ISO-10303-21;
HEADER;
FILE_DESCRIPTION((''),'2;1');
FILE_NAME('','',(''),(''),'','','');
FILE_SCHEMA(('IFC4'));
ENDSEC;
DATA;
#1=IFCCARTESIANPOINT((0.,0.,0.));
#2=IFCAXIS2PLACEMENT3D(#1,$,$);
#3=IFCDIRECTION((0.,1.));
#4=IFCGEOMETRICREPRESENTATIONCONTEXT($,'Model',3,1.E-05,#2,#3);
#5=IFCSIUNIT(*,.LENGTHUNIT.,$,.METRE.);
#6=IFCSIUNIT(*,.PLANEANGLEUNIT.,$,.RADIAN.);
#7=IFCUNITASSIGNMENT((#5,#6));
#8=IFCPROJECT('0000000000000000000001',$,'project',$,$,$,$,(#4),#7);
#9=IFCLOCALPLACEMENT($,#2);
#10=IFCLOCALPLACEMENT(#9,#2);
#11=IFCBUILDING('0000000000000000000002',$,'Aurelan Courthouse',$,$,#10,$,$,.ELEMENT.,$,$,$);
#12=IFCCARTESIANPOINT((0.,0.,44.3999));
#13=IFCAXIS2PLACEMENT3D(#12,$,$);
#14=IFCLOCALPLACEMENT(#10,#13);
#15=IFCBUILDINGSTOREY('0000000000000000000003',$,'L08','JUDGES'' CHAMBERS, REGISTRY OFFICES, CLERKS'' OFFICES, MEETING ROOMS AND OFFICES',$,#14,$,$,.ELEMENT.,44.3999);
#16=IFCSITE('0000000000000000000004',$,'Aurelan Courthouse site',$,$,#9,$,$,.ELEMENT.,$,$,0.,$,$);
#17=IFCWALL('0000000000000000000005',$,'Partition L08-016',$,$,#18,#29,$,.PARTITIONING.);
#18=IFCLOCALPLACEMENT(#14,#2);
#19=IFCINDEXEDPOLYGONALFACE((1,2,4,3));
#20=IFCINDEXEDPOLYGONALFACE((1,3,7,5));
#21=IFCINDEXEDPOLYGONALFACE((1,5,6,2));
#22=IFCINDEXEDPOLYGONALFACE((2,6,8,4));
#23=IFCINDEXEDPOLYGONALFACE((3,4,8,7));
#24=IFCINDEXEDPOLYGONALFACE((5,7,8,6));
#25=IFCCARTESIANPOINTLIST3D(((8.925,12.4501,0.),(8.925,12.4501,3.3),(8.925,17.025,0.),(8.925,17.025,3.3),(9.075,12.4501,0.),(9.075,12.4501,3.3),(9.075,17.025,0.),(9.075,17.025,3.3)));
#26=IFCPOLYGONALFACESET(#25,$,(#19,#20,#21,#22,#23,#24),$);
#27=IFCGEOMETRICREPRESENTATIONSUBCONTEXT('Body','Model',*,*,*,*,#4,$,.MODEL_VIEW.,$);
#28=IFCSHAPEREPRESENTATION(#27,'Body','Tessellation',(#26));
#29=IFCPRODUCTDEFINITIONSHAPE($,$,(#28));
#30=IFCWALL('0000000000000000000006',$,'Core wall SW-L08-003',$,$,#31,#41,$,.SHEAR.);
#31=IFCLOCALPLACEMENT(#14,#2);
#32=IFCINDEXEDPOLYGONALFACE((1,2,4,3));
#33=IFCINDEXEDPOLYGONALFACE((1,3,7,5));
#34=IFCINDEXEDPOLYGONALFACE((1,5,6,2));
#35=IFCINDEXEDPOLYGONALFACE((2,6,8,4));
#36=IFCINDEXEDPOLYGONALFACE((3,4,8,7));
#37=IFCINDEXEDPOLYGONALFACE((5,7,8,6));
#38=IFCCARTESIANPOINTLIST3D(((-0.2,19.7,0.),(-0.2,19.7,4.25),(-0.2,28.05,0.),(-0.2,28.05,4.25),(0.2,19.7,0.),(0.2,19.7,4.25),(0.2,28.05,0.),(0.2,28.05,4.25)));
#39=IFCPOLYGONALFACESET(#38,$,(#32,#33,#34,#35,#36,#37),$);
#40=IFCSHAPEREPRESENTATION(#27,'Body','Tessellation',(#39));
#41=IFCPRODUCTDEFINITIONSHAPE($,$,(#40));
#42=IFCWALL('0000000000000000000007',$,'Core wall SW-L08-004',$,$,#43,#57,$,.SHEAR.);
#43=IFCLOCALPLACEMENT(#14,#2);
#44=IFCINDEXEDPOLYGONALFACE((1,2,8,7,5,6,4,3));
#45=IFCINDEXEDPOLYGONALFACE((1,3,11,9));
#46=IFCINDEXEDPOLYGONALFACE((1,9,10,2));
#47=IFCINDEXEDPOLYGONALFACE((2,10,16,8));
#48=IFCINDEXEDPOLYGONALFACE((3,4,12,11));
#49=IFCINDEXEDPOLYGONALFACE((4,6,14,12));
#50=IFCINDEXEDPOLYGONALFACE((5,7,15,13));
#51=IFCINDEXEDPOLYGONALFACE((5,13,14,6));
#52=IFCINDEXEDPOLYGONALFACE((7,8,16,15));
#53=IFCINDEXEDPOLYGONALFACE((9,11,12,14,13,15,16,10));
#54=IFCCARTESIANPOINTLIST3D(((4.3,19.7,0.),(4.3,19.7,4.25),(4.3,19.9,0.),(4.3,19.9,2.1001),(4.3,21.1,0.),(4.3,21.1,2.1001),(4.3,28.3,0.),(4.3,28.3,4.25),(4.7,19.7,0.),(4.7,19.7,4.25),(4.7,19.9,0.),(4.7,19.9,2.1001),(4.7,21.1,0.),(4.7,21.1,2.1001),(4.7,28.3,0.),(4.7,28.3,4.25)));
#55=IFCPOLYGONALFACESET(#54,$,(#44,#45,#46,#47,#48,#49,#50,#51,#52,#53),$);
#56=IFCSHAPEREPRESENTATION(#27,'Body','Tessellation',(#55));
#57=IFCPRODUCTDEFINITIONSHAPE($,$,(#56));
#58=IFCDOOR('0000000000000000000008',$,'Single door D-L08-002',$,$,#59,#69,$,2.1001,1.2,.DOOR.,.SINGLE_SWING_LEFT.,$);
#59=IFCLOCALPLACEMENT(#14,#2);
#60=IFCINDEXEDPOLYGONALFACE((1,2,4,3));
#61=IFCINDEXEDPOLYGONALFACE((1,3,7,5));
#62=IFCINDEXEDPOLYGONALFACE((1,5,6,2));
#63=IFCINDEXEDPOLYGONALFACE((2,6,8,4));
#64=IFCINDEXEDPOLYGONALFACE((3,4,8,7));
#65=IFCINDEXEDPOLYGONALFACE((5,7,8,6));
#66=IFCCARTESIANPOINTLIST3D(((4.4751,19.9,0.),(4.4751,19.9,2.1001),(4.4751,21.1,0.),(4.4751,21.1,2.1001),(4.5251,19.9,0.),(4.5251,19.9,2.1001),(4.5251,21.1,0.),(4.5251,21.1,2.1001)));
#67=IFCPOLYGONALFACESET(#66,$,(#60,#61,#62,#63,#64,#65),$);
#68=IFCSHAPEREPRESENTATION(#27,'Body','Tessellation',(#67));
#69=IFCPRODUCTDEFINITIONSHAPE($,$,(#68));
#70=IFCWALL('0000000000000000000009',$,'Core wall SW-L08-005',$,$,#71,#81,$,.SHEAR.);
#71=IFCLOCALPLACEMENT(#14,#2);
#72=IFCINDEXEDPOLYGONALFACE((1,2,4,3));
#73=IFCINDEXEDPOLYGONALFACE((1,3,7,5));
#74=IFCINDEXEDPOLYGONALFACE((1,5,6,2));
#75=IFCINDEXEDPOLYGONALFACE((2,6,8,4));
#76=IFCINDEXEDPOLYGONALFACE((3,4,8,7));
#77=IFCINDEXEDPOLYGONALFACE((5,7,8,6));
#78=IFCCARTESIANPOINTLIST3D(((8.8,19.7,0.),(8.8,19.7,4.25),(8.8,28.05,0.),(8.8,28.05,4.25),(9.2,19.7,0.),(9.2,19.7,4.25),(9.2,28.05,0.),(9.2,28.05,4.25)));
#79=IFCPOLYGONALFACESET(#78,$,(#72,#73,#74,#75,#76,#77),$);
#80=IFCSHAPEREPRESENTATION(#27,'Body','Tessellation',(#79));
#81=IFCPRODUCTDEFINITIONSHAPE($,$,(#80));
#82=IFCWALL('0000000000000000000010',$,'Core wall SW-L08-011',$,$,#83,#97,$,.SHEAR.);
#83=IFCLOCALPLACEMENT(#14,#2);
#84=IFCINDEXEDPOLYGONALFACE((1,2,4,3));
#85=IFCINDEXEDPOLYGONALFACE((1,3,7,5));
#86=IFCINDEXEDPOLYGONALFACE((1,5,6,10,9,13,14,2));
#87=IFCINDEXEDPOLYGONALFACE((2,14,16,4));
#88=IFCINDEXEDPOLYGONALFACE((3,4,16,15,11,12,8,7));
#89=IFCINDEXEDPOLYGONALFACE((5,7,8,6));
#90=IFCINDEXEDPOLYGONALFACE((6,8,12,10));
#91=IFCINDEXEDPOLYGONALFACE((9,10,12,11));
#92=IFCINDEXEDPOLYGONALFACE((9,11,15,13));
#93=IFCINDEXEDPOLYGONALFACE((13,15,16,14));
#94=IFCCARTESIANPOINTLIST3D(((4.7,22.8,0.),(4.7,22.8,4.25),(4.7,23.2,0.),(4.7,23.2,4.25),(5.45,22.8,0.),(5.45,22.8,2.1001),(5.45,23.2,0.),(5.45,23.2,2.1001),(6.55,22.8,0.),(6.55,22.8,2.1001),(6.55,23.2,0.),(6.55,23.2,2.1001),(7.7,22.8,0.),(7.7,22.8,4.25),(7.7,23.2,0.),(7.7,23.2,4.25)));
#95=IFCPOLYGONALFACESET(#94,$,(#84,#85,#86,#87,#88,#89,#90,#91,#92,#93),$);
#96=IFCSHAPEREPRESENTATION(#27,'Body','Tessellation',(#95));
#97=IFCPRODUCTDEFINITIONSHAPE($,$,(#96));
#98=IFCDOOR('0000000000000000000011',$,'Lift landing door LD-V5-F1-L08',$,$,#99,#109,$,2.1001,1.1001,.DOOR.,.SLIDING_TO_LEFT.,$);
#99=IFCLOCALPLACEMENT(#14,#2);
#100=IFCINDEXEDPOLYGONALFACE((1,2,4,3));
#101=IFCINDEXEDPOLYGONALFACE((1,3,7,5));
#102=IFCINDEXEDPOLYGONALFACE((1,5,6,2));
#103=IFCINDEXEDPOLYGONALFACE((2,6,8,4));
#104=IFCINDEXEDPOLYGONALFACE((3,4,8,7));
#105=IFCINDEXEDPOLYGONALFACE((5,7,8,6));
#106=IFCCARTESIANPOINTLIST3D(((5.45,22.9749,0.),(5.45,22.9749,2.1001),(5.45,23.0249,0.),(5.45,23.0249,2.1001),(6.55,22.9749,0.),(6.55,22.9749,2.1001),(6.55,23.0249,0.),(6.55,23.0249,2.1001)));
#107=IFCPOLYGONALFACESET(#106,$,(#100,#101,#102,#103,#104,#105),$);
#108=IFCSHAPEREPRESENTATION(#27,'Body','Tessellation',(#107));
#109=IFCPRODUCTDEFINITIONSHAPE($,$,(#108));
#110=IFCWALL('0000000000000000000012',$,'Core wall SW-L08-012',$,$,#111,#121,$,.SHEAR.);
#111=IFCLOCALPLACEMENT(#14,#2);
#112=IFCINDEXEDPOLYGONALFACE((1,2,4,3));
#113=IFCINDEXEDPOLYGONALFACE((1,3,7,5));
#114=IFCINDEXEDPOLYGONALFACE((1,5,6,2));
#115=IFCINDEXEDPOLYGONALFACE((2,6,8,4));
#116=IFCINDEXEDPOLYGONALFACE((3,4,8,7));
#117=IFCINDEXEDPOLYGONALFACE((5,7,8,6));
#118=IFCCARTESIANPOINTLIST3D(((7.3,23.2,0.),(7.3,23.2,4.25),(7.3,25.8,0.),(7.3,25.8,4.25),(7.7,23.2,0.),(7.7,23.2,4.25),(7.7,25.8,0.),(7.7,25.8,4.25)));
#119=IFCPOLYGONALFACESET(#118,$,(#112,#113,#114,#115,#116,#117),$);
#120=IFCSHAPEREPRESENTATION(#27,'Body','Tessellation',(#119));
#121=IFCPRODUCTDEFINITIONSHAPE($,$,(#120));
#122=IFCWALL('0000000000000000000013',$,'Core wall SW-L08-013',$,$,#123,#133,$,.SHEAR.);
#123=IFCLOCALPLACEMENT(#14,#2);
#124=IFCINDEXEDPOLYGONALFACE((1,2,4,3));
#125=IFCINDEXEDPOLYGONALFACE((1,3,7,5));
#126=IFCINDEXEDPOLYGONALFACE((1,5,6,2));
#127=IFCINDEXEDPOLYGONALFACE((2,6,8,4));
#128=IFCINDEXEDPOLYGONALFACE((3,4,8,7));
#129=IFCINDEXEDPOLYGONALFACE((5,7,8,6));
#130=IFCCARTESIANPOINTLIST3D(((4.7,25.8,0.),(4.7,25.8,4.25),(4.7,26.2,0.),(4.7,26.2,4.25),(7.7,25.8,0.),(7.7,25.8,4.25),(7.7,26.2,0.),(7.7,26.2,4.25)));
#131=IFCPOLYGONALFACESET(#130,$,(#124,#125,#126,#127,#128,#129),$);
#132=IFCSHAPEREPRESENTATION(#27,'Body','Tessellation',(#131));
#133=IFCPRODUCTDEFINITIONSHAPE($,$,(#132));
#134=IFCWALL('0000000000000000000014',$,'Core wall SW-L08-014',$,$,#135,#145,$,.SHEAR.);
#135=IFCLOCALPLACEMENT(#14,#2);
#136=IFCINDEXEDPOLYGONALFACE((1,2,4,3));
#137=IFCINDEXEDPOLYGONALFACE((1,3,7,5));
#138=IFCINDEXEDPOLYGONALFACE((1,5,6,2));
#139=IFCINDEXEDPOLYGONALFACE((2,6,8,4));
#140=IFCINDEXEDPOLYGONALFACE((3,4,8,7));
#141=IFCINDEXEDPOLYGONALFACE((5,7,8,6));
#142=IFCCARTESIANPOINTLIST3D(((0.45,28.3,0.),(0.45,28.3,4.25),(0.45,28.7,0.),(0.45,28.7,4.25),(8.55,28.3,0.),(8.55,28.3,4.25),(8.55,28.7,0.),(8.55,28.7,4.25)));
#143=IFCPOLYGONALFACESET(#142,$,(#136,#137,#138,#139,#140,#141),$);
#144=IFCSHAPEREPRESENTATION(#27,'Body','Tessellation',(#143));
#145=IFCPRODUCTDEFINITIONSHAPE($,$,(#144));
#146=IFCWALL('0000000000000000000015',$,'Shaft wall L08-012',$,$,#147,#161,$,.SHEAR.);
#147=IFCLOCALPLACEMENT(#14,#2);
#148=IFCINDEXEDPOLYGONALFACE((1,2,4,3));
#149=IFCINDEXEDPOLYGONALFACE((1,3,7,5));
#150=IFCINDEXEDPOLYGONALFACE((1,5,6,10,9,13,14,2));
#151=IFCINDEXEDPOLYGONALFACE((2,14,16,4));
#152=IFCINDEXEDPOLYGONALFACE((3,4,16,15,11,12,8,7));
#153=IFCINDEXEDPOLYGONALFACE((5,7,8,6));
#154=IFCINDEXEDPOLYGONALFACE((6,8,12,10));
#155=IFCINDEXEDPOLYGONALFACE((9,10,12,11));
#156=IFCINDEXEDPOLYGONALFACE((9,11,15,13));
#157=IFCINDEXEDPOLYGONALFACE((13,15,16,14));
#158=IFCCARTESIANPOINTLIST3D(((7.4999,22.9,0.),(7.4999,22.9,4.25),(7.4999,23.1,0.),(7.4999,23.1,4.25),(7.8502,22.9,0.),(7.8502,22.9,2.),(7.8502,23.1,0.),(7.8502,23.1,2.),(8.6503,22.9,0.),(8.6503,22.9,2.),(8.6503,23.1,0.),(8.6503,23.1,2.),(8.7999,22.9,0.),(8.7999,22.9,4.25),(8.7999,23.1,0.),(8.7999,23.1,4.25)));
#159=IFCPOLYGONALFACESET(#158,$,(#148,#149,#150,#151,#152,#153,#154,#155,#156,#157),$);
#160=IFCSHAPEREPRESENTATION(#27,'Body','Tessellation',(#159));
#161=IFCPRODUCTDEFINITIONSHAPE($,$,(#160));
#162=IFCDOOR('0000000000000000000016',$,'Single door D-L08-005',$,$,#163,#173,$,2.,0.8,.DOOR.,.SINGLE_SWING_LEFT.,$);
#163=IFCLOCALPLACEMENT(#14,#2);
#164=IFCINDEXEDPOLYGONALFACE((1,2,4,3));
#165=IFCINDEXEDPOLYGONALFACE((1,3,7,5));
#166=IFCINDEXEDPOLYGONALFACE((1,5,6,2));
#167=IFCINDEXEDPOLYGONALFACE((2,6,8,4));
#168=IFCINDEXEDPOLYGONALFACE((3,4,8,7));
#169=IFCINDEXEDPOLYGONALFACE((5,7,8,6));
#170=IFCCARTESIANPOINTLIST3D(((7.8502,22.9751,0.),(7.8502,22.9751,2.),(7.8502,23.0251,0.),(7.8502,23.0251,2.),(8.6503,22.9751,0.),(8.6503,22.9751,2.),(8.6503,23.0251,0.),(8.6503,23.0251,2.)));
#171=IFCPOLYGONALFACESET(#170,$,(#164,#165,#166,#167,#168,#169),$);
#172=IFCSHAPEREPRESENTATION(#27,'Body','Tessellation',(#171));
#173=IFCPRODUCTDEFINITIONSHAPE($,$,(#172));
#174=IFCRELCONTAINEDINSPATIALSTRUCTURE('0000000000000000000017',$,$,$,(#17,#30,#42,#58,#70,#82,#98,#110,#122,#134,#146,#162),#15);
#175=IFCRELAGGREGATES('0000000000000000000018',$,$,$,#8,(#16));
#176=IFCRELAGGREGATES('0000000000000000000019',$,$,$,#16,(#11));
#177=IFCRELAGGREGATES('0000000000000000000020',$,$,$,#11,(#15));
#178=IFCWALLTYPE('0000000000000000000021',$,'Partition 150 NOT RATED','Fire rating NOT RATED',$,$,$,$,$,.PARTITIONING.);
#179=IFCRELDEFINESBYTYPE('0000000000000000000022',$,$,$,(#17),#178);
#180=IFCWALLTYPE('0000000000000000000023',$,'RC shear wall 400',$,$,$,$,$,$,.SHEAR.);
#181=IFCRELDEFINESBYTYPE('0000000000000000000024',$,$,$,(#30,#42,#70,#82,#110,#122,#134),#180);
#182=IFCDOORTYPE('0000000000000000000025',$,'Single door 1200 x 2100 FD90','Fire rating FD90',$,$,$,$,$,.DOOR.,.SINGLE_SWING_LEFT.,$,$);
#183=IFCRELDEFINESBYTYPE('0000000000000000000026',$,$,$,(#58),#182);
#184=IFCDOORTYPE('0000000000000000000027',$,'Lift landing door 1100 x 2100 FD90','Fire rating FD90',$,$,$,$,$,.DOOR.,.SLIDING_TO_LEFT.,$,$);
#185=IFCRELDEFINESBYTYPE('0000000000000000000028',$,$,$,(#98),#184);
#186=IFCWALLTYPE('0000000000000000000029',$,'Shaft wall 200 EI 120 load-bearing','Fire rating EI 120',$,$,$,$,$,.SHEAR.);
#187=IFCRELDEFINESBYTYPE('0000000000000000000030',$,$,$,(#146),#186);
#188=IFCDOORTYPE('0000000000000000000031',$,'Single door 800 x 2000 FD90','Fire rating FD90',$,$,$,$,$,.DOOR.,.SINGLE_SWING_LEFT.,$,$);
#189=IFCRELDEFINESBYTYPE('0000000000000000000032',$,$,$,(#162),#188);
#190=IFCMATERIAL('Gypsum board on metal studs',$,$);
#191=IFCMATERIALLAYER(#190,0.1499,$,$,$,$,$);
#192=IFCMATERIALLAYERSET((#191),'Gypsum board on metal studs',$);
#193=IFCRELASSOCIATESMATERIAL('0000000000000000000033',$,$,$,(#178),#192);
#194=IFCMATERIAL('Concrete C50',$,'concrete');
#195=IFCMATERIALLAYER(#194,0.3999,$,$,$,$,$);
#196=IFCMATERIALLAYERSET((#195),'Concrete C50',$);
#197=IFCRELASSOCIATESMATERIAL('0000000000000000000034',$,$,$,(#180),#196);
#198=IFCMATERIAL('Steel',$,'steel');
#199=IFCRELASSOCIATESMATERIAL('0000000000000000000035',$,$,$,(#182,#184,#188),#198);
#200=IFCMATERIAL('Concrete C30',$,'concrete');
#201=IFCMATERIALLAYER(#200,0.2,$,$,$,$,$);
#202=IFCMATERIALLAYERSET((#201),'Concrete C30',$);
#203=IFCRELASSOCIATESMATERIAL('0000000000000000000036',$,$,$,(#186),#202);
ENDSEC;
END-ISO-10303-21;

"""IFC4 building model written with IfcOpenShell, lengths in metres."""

from ifc_helpers import new_model, si_unit, direction, frame, frame_2d, origin, place, context, subcontext, project, spatial, rectangle, extrude, material, layer, layer_set, type_object, element, fill, save


model = new_model("IFC4")

# Units and contexts
model_context = context("Model", 3, precision=1e-05, world=origin(), true_north=direction((0.0, 1.0)))
body_context = subcontext(model_context, "Body", "Model", "MODEL_VIEW")
ifc_project = project(units=[si_unit("LENGTHUNIT", "METRE"), si_unit("PLANEANGLEUNIT", "RADIAN")], contexts=[model_context])

# Site, building, storey
site_placement = place(None, origin())
site = spatial("IfcSite", under=ifc_project, at=site_placement, Name="Aurelan Courthouse site", CompositionType="ELEMENT", RefElevation=0.0)
building_placement = place(site_placement, origin())
building = spatial("IfcBuilding", under=site, at=building_placement, Name="Aurelan Courthouse", CompositionType="ELEMENT")
storey_placement = place(building_placement, frame((0.0, 0.0, 44.3999)))
storey = spatial("IfcBuildingStorey", under=building, at=storey_placement, Name="L08", Description="JUDGES' CHAMBERS, REGISTRY OFFICES, CLERKS' OFFICES, MEETING ROOMS AND OFFICES", CompositionType="ELEMENT", Elevation=44.3999)

# Shared definitions
ifc_material_1 = material(Name="Concrete C50", Category="concrete")

# Shared definitions
ifc_material_2 = material(Name="Gypsum board on metal studs")
ifc_material_3 = material(Name="Steel", Category="steel")

# Walls
ifc_material_4 = material(Name="Concrete C30", Category="concrete")
ifc_layer_1 = layer(ifc_material_2, 0.1499)
ifc_layer_set_1 = layer_set([ifc_layer_1], Name="Gypsum board on metal studs")
wall_type_1 = type_object("IfcWallType", Name="Partition 150 NOT RATED", Description="Fire rating NOT RATED", PredefinedType="PARTITIONING", material=ifc_layer_set_1)
wall_1_placement = place(storey_placement, frame((9.0, 12.45, 0.0), z_axis=(0.0, 0.0, 1.0), x_axis=(0.0, 1.0, 0.0)))
element("IfcWall", 1, at=wall_1_placement, inside=storey, type_object=wall_type_1, Name="Partition L08-016", PredefinedType="PARTITIONING", context=body_context, shape_type="SweptSolid", body=[
    extrude(rectangle(XDim=4.575, YDim=0.1499, at=frame_2d((2.2876, 0.0))), origin(), (0.0, 0.0, 1.0), 3.3),
])
ifc_layer_2 = layer(ifc_material_1, 0.3999)
ifc_layer_set_2 = layer_set([ifc_layer_2], Name="Concrete C50")
wall_type_2 = type_object("IfcWallType", Name="RC shear wall 400", PredefinedType="SHEAR", material=ifc_layer_set_2)
wall_2_placement = place(storey_placement, frame((0.0, 19.7, 0.0), z_axis=(0.0, 0.0, 1.0), x_axis=(0.0, 1.0, 0.0)))
element("IfcWall", 2, at=wall_2_placement, inside=storey, type_object=wall_type_2, Name="Core wall SW-L08-003", PredefinedType="SHEAR", context=body_context, shape_type="SweptSolid", body=[
    extrude(rectangle(XDim=8.3501, YDim=0.3999, at=frame_2d((4.175, 0.0))), origin(), (0.0, 0.0, 1.0), 4.25),
])

# Wall, opening, door
wall_3_placement = place(storey_placement, frame((4.5, 19.7, 0.0), z_axis=(0.0, 0.0, 1.0), x_axis=(0.0, 1.0, 0.0)))
wall_3 = element("IfcWall", 3, at=wall_3_placement, inside=storey, type_object=wall_type_2, Name="Core wall SW-L08-004", PredefinedType="SHEAR", context=body_context, shape_type="SweptSolid", body=[
    extrude(rectangle(XDim=8.6001, YDim=0.3999, at=frame_2d((4.3, 0.0))), origin(), (0.0, 0.0, 1.0), 4.25),
])
opening_1_placement = place(wall_3_placement, frame((0.2, 0.0, 0.0)))
opening_1 = element("IfcOpeningElement", 4, at=opening_1_placement, cuts=wall_3, PredefinedType="OPENING", context=body_context, shape_type="SweptSolid", body=[
    extrude(rectangle(XDim=1.2, YDim=2.1001, at=frame_2d((0.6001, 1.05))), frame((0.0, 0.21, 0.0), z_axis=(0.0, -1.0, 0.0), x_axis=(1.0, 0.0, 0.0)), (0.0, 0.0, 1.0), 0.4199),
])
door_type_1 = type_object("IfcDoorType", Name="Single door 1200 x 2100 FD90", Description="Fire rating FD90", OperationType="SINGLE_SWING_LEFT", PredefinedType="DOOR", material=ifc_material_3)
door_1_placement = place(opening_1_placement, origin())
door_1 = element("IfcDoor", 5, at=door_1_placement, inside=storey, type_object=door_type_1, Name="Single door D-L08-002", OperationType="SINGLE_SWING_LEFT", OverallHeight=2.1001, OverallWidth=1.2, PredefinedType="DOOR", context=body_context, shape_type="SweptSolid", body=[
    extrude(rectangle(XDim=1.2, YDim=2.1001, at=frame_2d((0.6001, 1.05))), frame((0.0, 0.0249, 0.0), z_axis=(0.0, -1.0, 0.0), x_axis=(1.0, 0.0, 0.0)), (0.0, 0.0, 1.0), 0.05),
])
fill(opening_1, door_1)

# Wall
wall_4_placement = place(storey_placement, frame((9.0, 19.7, 0.0), z_axis=(0.0, 0.0, 1.0), x_axis=(0.0, 1.0, 0.0)))
element("IfcWall", 6, at=wall_4_placement, inside=storey, type_object=wall_type_2, Name="Core wall SW-L08-005", PredefinedType="SHEAR", context=body_context, shape_type="SweptSolid", body=[
    extrude(rectangle(XDim=8.3501, YDim=0.3999, at=frame_2d((4.175, 0.0))), origin(), (0.0, 0.0, 1.0), 4.25),
])

# Wall, opening, door
wall_5_placement = place(storey_placement, frame((4.7, 23.0, 0.0), z_axis=(0.0, 0.0, 1.0), x_axis=(1.0, 0.0, 0.0)))
wall_5 = element("IfcWall", 7, at=wall_5_placement, inside=storey, type_object=wall_type_2, Name="Core wall SW-L08-011", PredefinedType="SHEAR", context=body_context, shape_type="SweptSolid", body=[
    extrude(rectangle(XDim=3.0, YDim=0.3999, at=frame_2d((1.5, 0.0))), origin(), (0.0, 0.0, 1.0), 4.25),
])
opening_2_placement = place(wall_5_placement, frame((0.75, 0.0, 0.0)))
opening_2 = element("IfcOpeningElement", 8, at=opening_2_placement, cuts=wall_5, PredefinedType="OPENING", context=body_context, shape_type="SweptSolid", body=[
    extrude(rectangle(XDim=1.1001, YDim=2.1001, at=frame_2d((0.55, 1.05))), frame((0.0, 0.21, 0.0), z_axis=(0.0, -1.0, 0.0), x_axis=(1.0, 0.0, 0.0)), (0.0, 0.0, 1.0), 0.4199),
])
door_type_2 = type_object("IfcDoorType", Name="Lift landing door 1100 x 2100 FD90", Description="Fire rating FD90", OperationType="SLIDING_TO_LEFT", PredefinedType="DOOR", material=ifc_material_3)
door_2_placement = place(opening_2_placement, origin())
door_2 = element("IfcDoor", 9, at=door_2_placement, inside=storey, type_object=door_type_2, Name="Lift landing door LD-V5-F1-L08", OperationType="SLIDING_TO_LEFT", OverallHeight=2.1001, OverallWidth=1.1001, PredefinedType="DOOR", context=body_context, shape_type="SweptSolid", body=[
    extrude(rectangle(XDim=1.1001, YDim=2.1001, at=frame_2d((0.55, 1.05))), frame((0.0, 0.0249, 0.0), z_axis=(0.0, -1.0, 0.0), x_axis=(1.0, 0.0, 0.0)), (0.0, 0.0, 1.0), 0.05),
])
fill(opening_2, door_2)

# Walls
wall_6_placement = place(storey_placement, frame((7.5, 23.2, 0.0), z_axis=(0.0, 0.0, 1.0), x_axis=(0.0, 1.0, 0.0)))
element("IfcWall", 10, at=wall_6_placement, inside=storey, type_object=wall_type_2, Name="Core wall SW-L08-012", PredefinedType="SHEAR", context=body_context, shape_type="SweptSolid", body=[
    extrude(rectangle(XDim=2.6001, YDim=0.3999, at=frame_2d((1.3, 0.0))), origin(), (0.0, 0.0, 1.0), 4.25),
])
wall_7_placement = place(storey_placement, frame((4.7, 26.0, 0.0), z_axis=(0.0, 0.0, 1.0), x_axis=(1.0, 0.0, 0.0)))
element("IfcWall", 11, at=wall_7_placement, inside=storey, type_object=wall_type_2, Name="Core wall SW-L08-013", PredefinedType="SHEAR", context=body_context, shape_type="SweptSolid", body=[
    extrude(rectangle(XDim=3.0, YDim=0.3999, at=frame_2d((1.5, 0.0))), origin(), (0.0, 0.0, 1.0), 4.25),
])
wall_8_placement = place(storey_placement, frame((0.45, 28.5, 0.0), z_axis=(0.0, 0.0, 1.0), x_axis=(1.0, 0.0, 0.0)))
element("IfcWall", 12, at=wall_8_placement, inside=storey, type_object=wall_type_2, Name="Core wall SW-L08-014", PredefinedType="SHEAR", context=body_context, shape_type="SweptSolid", body=[
    extrude(rectangle(XDim=8.1001, YDim=0.3999, at=frame_2d((4.05, 0.0))), origin(), (0.0, 0.0, 1.0), 4.25),
])

# Wall, opening, door
ifc_layer_3 = layer(ifc_material_4, 0.2)
ifc_layer_set_3 = layer_set([ifc_layer_3], Name="Concrete C30")
wall_type_3 = type_object("IfcWallType", Name="Shaft wall 200 EI 120 load-bearing", Description="Fire rating EI 120", PredefinedType="SHEAR", material=ifc_layer_set_3)
wall_9_placement = place(storey_placement, frame((7.5, 23.0, 0.0), z_axis=(0.0, 0.0, 1.0), x_axis=(1.0, 0.0, 0.0)))
wall_9 = element("IfcWall", 13, at=wall_9_placement, inside=storey, type_object=wall_type_3, Name="Shaft wall L08-012", PredefinedType="SHEAR", context=body_context, shape_type="SweptSolid", body=[
    extrude(rectangle(XDim=1.3, YDim=0.2, at=frame_2d((0.6499, 0.0))), origin(), (0.0, 0.0, 1.0), 4.25),
])
opening_3_placement = place(wall_9_placement, frame((1.1501, 0.0, 0.0), z_axis=(0.0, 0.0, 1.0), x_axis=(-1.0, 0.0, 0.0)))
opening_3 = element("IfcOpeningElement", 14, at=opening_3_placement, cuts=wall_9, PredefinedType="OPENING", context=body_context, shape_type="SweptSolid", body=[
    extrude(rectangle(XDim=0.8, YDim=2.0, at=frame_2d((0.3999, 1.0))), frame((0.0, 0.1099, 0.0), z_axis=(0.0, -1.0, 0.0), x_axis=(1.0, 0.0, 0.0)), (0.0, 0.0, 1.0), 0.22),
])
door_type_3 = type_object("IfcDoorType", Name="Single door 800 x 2000 FD90", Description="Fire rating FD90", OperationType="SINGLE_SWING_LEFT", PredefinedType="DOOR", material=ifc_material_3)
door_3_placement = place(opening_3_placement, origin())
door_3 = element("IfcDoor", 15, at=door_3_placement, inside=storey, type_object=door_type_3, Name="Single door D-L08-005", OperationType="SINGLE_SWING_LEFT", OverallHeight=2.0, OverallWidth=0.8, PredefinedType="DOOR", context=body_context, shape_type="SweptSolid", body=[
    extrude(rectangle(XDim=0.8, YDim=2.0, at=frame_2d((0.3999, 1.0))), frame((0.0, 0.0249, 0.0), z_axis=(0.0, -1.0, 0.0), x_axis=(1.0, 0.0, 0.0)), (0.0, 0.0, 1.0), 0.05),
])
fill(opening_3, door_3)

save(model, "model.ifc")
